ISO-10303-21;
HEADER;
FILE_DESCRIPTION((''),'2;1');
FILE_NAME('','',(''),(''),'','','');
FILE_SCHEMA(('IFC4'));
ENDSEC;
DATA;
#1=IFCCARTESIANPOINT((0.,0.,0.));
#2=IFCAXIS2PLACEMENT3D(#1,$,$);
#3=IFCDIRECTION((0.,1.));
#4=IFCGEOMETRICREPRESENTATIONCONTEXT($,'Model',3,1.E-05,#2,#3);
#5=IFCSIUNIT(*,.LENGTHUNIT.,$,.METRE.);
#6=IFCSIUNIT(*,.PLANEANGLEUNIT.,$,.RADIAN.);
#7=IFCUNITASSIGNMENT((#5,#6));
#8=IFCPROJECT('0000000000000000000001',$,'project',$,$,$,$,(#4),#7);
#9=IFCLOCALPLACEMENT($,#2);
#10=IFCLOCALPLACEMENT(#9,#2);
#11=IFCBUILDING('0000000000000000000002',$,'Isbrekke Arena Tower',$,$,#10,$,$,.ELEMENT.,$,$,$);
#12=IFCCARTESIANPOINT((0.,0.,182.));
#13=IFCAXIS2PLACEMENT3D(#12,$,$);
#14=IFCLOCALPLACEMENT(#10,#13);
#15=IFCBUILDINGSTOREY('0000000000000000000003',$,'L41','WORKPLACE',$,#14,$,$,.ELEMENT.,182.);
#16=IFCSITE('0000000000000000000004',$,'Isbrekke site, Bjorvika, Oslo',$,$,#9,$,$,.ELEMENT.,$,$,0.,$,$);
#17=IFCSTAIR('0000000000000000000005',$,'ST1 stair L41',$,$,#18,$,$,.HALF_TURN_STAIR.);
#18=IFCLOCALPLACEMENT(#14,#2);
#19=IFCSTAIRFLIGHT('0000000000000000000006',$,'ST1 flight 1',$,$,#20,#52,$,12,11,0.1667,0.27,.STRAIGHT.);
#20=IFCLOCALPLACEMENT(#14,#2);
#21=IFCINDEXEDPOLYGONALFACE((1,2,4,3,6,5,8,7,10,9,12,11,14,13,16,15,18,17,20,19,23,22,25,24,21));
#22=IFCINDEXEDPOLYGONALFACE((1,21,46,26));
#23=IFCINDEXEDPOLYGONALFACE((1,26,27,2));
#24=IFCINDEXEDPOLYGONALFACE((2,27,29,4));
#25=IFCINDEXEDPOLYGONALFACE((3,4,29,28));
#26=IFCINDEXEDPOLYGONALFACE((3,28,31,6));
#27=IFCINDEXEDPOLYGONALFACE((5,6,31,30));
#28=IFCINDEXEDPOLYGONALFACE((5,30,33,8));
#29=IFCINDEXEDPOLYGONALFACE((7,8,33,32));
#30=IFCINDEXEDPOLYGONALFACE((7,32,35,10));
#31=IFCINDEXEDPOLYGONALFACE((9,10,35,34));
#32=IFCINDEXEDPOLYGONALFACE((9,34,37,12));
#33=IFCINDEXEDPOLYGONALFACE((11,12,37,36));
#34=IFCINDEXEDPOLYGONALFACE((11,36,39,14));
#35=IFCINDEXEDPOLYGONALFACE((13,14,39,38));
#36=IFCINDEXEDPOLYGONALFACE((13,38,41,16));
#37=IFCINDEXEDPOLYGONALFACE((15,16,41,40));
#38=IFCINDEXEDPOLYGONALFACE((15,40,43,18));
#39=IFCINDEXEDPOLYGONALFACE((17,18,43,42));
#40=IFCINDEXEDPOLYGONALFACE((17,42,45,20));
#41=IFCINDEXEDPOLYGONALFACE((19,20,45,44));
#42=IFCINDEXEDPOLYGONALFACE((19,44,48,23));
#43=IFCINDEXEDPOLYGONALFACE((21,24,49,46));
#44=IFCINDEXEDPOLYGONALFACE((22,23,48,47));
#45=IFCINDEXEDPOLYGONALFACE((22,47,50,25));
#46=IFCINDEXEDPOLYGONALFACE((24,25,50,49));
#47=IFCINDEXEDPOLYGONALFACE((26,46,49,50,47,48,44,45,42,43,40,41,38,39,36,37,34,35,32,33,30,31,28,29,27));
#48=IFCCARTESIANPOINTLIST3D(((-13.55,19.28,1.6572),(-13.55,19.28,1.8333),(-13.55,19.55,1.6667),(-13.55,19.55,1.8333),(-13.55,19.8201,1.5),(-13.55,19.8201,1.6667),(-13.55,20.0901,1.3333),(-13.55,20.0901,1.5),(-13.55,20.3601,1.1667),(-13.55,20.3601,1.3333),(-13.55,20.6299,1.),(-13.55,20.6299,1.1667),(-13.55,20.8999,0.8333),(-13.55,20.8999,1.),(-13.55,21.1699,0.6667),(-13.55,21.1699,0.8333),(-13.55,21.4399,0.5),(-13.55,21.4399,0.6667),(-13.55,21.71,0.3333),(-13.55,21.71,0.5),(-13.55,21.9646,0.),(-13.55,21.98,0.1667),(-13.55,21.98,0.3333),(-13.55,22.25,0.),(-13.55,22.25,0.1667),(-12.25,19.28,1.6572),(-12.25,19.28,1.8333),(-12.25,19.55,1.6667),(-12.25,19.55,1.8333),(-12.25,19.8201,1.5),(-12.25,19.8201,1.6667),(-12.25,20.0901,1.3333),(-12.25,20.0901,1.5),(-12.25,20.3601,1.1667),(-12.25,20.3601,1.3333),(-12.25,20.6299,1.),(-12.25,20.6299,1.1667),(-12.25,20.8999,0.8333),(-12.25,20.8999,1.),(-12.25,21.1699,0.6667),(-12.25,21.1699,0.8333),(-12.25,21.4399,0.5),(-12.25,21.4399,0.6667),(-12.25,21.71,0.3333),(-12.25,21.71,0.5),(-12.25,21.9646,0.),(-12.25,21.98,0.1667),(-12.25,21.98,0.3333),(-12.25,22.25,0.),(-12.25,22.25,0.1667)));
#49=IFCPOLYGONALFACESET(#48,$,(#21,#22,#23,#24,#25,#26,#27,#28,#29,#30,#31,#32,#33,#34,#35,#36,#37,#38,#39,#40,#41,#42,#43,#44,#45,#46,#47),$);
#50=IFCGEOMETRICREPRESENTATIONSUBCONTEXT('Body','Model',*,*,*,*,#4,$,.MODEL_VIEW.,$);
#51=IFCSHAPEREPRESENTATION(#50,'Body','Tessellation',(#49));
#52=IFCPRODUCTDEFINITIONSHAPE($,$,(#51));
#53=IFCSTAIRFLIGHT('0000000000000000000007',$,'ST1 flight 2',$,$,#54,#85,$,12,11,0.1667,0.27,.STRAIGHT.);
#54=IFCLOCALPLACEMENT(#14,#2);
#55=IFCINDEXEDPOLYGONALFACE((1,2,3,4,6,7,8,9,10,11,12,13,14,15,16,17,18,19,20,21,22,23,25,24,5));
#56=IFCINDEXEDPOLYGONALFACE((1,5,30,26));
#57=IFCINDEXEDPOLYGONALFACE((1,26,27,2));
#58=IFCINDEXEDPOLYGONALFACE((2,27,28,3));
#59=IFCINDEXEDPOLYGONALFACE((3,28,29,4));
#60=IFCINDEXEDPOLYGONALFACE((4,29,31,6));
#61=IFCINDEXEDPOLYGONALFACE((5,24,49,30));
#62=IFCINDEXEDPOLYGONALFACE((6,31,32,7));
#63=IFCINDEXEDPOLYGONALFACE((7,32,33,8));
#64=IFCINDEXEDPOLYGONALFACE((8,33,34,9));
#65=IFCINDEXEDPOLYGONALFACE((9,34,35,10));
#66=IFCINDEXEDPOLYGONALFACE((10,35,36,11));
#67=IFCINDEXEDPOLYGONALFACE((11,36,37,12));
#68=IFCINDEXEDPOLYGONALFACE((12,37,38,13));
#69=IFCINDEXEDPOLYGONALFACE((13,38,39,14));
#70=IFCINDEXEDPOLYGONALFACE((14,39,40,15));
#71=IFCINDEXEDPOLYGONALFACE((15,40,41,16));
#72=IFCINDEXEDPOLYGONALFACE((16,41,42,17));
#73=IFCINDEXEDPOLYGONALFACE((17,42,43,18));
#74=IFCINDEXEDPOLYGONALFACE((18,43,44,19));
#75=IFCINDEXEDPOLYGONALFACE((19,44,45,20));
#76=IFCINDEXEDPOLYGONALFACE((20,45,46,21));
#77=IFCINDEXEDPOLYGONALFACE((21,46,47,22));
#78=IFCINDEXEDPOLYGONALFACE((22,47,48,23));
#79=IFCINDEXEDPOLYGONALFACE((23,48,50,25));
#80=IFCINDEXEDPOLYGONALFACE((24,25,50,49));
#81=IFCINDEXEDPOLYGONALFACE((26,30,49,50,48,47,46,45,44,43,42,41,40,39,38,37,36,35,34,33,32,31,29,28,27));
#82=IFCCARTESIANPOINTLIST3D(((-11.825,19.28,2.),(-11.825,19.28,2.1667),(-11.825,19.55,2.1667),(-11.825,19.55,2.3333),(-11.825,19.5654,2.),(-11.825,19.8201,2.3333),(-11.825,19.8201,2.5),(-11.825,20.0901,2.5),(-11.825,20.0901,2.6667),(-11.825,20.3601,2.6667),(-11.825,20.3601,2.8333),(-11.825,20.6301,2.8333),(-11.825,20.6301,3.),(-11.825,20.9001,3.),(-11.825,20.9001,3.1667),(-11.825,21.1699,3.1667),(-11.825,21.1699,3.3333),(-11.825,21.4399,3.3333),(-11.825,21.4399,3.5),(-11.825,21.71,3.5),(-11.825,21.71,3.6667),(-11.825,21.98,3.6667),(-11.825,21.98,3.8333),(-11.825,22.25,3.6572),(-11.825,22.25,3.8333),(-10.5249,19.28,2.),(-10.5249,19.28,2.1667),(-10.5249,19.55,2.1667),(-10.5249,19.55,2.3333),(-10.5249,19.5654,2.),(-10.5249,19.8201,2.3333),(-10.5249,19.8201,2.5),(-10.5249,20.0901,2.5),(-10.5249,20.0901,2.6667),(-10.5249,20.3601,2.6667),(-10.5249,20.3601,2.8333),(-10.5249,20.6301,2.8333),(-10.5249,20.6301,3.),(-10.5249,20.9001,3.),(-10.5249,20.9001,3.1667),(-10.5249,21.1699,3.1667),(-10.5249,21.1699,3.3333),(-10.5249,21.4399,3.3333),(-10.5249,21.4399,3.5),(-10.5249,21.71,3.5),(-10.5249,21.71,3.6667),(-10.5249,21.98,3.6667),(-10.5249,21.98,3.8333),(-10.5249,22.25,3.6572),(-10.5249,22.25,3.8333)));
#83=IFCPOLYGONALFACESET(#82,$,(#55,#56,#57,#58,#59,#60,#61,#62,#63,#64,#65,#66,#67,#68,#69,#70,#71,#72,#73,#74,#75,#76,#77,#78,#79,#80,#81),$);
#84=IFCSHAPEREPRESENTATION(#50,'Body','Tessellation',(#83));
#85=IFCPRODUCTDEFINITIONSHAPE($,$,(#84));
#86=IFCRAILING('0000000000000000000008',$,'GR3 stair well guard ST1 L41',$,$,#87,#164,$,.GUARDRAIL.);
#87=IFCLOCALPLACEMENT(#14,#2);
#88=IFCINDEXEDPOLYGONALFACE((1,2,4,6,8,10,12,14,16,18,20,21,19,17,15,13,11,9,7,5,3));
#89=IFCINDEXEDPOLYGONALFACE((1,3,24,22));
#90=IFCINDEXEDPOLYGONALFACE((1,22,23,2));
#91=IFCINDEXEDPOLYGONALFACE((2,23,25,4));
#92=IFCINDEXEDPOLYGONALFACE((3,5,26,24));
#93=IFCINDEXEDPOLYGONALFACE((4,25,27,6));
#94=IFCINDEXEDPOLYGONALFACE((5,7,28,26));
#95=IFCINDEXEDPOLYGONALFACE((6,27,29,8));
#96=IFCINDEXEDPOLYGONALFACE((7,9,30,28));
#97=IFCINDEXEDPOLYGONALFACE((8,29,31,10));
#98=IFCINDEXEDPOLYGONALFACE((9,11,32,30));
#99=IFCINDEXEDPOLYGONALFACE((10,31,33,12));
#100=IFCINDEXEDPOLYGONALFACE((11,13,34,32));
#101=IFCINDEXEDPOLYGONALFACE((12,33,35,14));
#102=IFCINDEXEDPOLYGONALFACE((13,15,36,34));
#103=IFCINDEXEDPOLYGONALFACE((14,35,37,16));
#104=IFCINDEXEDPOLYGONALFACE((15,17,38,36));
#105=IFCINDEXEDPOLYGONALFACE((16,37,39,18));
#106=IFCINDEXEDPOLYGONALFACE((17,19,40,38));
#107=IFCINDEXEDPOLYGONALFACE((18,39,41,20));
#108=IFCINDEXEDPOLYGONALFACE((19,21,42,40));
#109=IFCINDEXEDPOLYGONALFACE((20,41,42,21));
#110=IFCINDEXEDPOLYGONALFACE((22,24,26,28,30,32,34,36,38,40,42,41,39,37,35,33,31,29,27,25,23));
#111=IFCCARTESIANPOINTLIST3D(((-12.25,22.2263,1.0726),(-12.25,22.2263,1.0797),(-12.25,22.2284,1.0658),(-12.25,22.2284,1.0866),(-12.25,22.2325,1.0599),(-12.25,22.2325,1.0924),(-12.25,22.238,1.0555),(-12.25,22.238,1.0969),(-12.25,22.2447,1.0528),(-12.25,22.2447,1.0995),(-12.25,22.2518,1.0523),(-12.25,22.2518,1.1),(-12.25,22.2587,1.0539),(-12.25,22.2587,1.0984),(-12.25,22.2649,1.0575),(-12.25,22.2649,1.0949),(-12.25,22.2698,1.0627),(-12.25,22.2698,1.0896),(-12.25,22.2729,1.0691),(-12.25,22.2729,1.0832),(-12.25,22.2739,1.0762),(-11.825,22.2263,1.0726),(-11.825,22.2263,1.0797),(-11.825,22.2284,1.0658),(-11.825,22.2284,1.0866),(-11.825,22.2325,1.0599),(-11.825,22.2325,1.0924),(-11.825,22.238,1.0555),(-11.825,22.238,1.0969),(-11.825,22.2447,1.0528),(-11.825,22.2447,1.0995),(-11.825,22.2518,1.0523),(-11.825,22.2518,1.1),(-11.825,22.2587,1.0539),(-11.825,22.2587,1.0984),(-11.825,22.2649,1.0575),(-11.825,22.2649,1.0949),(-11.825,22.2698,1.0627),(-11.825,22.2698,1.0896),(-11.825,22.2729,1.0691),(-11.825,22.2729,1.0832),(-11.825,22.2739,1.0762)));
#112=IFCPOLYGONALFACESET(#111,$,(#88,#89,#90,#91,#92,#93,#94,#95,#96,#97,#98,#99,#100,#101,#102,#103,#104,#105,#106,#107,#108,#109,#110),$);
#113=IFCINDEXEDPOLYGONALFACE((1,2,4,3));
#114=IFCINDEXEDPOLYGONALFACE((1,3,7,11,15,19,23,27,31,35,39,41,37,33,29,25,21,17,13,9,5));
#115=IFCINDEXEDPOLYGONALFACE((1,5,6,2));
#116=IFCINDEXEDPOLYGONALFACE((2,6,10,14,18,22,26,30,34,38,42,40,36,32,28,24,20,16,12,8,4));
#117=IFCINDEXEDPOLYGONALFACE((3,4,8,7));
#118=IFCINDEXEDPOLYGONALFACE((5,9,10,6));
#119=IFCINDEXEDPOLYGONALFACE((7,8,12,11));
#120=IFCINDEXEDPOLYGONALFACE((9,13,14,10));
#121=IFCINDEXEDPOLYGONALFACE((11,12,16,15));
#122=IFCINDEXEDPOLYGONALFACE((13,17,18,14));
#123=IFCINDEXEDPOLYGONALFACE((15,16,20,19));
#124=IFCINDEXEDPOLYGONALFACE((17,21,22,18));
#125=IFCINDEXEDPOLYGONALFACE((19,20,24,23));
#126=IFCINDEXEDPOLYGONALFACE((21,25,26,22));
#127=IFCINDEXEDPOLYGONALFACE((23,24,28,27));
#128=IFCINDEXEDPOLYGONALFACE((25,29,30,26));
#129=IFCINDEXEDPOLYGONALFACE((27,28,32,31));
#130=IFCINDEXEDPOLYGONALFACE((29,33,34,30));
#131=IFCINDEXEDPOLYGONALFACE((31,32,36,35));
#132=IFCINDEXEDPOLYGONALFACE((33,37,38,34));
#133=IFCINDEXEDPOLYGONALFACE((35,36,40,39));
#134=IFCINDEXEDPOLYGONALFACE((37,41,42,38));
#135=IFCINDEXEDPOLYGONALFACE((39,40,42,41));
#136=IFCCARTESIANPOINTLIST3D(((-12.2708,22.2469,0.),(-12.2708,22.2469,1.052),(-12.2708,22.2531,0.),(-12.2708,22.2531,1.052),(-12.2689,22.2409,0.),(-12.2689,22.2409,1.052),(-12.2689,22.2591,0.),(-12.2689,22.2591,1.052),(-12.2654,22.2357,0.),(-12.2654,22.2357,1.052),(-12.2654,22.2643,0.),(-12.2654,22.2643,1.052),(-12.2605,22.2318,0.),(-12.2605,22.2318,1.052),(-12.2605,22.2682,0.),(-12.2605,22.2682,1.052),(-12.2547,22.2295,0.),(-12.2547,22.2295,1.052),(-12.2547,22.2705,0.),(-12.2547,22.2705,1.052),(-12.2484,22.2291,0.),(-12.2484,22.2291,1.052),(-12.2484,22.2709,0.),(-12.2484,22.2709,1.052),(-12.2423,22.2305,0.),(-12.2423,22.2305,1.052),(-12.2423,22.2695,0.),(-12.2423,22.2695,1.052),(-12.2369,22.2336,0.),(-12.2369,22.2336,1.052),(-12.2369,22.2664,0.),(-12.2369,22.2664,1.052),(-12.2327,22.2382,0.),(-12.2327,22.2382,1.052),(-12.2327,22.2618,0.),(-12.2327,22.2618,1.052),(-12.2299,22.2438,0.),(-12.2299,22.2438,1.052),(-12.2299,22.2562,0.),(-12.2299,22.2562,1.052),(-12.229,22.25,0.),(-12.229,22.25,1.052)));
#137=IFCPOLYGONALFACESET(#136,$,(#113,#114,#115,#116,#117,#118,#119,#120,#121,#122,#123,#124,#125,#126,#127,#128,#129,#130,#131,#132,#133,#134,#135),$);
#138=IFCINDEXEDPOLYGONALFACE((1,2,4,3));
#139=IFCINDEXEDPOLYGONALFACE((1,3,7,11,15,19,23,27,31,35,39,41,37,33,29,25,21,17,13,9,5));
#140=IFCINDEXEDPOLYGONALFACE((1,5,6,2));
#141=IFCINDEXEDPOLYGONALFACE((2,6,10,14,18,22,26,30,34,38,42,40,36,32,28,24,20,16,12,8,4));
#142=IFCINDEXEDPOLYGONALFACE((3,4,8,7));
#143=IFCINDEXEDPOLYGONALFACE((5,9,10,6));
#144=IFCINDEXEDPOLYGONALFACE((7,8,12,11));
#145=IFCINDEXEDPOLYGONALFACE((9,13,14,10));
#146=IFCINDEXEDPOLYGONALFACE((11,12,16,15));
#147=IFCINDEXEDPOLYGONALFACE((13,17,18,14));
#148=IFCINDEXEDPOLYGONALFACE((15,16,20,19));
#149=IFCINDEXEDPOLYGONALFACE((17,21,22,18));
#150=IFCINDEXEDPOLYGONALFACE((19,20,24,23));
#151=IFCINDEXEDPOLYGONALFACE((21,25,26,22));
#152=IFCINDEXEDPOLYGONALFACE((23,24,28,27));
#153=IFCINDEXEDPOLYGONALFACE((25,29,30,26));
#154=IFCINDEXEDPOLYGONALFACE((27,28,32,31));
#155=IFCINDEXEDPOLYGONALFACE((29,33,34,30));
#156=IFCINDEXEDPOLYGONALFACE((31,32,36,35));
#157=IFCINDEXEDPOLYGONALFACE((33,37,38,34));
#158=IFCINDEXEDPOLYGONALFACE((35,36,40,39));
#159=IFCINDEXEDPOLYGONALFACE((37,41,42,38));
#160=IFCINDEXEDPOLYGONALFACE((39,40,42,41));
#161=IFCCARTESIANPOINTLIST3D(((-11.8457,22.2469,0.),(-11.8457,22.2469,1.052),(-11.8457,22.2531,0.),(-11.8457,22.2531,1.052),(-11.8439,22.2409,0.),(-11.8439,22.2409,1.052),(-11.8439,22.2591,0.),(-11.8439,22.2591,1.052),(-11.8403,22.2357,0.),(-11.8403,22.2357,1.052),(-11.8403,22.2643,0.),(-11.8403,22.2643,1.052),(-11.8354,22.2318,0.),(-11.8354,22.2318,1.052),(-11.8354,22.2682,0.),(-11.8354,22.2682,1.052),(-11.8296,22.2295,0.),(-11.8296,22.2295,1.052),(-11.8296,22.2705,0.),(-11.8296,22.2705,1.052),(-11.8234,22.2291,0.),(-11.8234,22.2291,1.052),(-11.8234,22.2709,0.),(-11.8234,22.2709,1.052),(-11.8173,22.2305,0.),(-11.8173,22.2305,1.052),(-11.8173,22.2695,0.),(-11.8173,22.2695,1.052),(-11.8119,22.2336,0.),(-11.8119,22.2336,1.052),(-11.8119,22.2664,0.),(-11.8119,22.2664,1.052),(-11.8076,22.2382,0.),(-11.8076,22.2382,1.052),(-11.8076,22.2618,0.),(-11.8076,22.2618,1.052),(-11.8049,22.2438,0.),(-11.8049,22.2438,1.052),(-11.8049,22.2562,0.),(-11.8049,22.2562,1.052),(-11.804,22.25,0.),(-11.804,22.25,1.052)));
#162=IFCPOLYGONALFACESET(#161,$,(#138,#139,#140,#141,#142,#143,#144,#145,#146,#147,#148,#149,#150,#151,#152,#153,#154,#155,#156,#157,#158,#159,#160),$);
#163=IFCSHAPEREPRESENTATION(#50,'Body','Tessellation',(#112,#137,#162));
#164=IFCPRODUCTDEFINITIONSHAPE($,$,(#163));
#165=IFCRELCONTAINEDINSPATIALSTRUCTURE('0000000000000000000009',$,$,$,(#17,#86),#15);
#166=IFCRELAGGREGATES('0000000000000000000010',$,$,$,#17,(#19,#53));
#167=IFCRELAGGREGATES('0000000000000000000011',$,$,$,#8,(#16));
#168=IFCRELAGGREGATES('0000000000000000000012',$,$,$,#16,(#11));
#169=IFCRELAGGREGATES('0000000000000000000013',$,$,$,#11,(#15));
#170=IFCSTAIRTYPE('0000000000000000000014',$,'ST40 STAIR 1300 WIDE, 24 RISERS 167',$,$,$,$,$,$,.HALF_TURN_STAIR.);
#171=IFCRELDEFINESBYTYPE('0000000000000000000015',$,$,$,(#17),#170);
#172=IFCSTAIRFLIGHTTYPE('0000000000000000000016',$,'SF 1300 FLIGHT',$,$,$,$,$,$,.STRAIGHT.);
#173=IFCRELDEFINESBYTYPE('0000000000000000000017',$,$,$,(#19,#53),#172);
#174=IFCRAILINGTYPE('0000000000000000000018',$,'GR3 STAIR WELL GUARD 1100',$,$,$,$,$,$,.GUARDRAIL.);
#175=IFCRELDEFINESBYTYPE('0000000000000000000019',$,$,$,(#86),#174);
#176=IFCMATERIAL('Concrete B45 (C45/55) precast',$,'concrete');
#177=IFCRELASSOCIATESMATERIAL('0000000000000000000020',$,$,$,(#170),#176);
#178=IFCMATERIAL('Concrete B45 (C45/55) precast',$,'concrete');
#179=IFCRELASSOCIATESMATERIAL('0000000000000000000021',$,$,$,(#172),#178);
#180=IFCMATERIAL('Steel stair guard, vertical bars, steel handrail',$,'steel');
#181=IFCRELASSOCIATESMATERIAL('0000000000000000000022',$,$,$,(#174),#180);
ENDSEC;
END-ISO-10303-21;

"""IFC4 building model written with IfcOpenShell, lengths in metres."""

from ifc_helpers import new_model, si_unit, direction, frame, origin, origin_2d, place, context, subcontext, project, spatial, polyline, circle, outline, extrude, material, type_object, element, aggregate, save


model = new_model("IFC4")

# Units and contexts
model_context = context("Model", 3, precision=1e-05, world=origin(), true_north=direction((0.0, 1.0)))
body_context = subcontext(model_context, "Body", "Model", "MODEL_VIEW")
ifc_project = project(units=[si_unit("LENGTHUNIT", "METRE"), si_unit("PLANEANGLEUNIT", "RADIAN")], contexts=[model_context])

# Site, building, storey
site_placement = place(None, origin())
site = spatial("IfcSite", under=ifc_project, at=site_placement, Name="Isbrekke site, Bjorvika, Oslo", CompositionType="ELEMENT", RefElevation=0.0)
building_placement = place(site_placement, origin())
building = spatial("IfcBuilding", under=site, at=building_placement, Name="Isbrekke Arena Tower", CompositionType="ELEMENT")
storey_placement = place(building_placement, frame((0.0, 0.0, 182.0)))
storey = spatial("IfcBuildingStorey", under=building, at=storey_placement, Name="L41", Description="WORKPLACE", CompositionType="ELEMENT", Elevation=182.0)

# Stair, stair flights
ifc_material_1 = material(Name="Concrete B45 (C45/55) precast", Category="concrete")
stair_type = type_object("IfcStairType", Name="ST40 STAIR 1300 WIDE, 24 RISERS 167", PredefinedType="HALF_TURN_STAIR", material=ifc_material_1)
stair_placement = place(storey_placement, origin())
stair = element("IfcStair", 1, at=stair_placement, inside=storey, type_object=stair_type, Name="ST1 stair L41", PredefinedType="HALF_TURN_STAIR")
ifc_material_2 = material(Name="Concrete B45 (C45/55) precast", Category="concrete")
stair_flight_type = type_object("IfcStairFlightType", Name="SF 1300 FLIGHT", PredefinedType="STRAIGHT", material=ifc_material_2)
stair_flight_1_placement = place(storey_placement, frame((-12.8999, 22.25, 0.0), z_axis=(0.0, 0.0, 1.0), x_axis=(0.0, -1.0, 0.0)))
stair_flight_1 = element("IfcStairFlight", 2, at=stair_flight_1_placement, type_object=stair_flight_type, Name="ST1 flight 1", NumberOfRisers=12, NumberOfTreads=11, PredefinedType="STRAIGHT", RiserHeight=0.1667, TreadLength=0.27, context=body_context, shape_type="SweptSolid", body=[
    extrude(outline(polyline([(0.0, 0.0), (0.0, 0.1667), (0.27, 0.1667), (0.27, 0.3333), (0.54, 0.3333), (0.54, 0.5), (0.8101, 0.5), (0.8101, 0.6667), (1.0801, 0.6667), (1.0801, 0.8333), (1.3501, 0.8333), (1.3501, 1.0), (1.6201, 1.0), (1.6201, 1.1667), (1.8899, 1.1667), (1.8899, 1.3333), (2.1599, 1.3333), (2.1599, 1.5), (2.4299, 1.5), (2.4299, 1.6667), (2.7, 1.6667), (2.7, 1.8333), (2.97, 1.8333), (2.97, 2.0), (2.97, 1.6572), (0.2854, 0.0), (0.0, 0.0)])), frame((0.0, 0.6499, 0.0), z_axis=(0.0, -1.0, 0.0), x_axis=(1.0, 0.0, 0.0)), (0.0, 0.0, 1.0), 1.3),
])
stair_flight_2_placement = place(storey_placement, frame((-11.175, 19.28, 2.0), z_axis=(0.0, 0.0, 1.0), x_axis=(0.0, 1.0, 0.0)))
stair_flight_2 = element("IfcStairFlight", 3, at=stair_flight_2_placement, type_object=stair_flight_type, Name="ST1 flight 2", NumberOfRisers=12, NumberOfTreads=11, PredefinedType="STRAIGHT", RiserHeight=0.1667, TreadLength=0.27, context=body_context, shape_type="SweptSolid", body=[
    extrude(outline(polyline([(0.0, 0.0), (0.0, 0.1667), (0.27, 0.1667), (0.27, 0.3333), (0.54, 0.3333), (0.54, 0.5), (0.8101, 0.5), (0.8101, 0.6667), (1.0801, 0.6667), (1.0801, 0.8333), (1.3501, 0.8333), (1.3501, 1.0), (1.6201, 1.0), (1.6201, 1.1667), (1.8899, 1.1667), (1.8899, 1.3333), (2.1599, 1.3333), (2.1599, 1.5), (2.4299, 1.5), (2.4299, 1.6667), (2.7, 1.6667), (2.7, 1.8333), (2.97, 1.8333), (2.97, 2.0), (2.97, 1.6572), (0.2854, 0.0), (0.0, 0.0)])), frame((0.0, 0.6499, 0.0), z_axis=(0.0, -1.0, 0.0), x_axis=(1.0, 0.0, 0.0)), (0.0, 0.0, 1.0), 1.3),
])
aggregate(stair, [stair_flight_1, stair_flight_2])

# Railing
ifc_material_3 = material(Name="Steel stair guard, vertical bars, steel handrail", Category="steel")
railing_type = type_object("IfcRailingType", Name="GR3 STAIR WELL GUARD 1100", PredefinedType="GUARDRAIL", material=ifc_material_3)
for number, where, name in (
    (4, (-12.25, 22.25, 0.0), "GR3 stair well guard ST1 L41"),
):
    element("IfcRailing", number, at=place(storey_placement, frame(where)), inside=storey, type_object=railing_type, Name=name, PredefinedType="GUARDRAIL", context=body_context, shape_type="SweptSolid", body=[
        extrude(circle(Radius=0.0239, at=origin_2d()), frame((0.0, 0.0, 1.0762), z_axis=(1.0, 0.0, 0.0), x_axis=(0.0, 1.0, 0.0)), (0.0, 0.0, 1.0), 0.425),
        extrude(circle(Radius=0.021, at=origin_2d()), origin(), (0.0, 0.0, 1.0), 1.052),
        extrude(circle(Radius=0.021, at=origin_2d()), frame((0.425, 0.0, 0.0)), (0.0, 0.0, 1.0), 1.052),
    ])

save(model, "model.ifc")
